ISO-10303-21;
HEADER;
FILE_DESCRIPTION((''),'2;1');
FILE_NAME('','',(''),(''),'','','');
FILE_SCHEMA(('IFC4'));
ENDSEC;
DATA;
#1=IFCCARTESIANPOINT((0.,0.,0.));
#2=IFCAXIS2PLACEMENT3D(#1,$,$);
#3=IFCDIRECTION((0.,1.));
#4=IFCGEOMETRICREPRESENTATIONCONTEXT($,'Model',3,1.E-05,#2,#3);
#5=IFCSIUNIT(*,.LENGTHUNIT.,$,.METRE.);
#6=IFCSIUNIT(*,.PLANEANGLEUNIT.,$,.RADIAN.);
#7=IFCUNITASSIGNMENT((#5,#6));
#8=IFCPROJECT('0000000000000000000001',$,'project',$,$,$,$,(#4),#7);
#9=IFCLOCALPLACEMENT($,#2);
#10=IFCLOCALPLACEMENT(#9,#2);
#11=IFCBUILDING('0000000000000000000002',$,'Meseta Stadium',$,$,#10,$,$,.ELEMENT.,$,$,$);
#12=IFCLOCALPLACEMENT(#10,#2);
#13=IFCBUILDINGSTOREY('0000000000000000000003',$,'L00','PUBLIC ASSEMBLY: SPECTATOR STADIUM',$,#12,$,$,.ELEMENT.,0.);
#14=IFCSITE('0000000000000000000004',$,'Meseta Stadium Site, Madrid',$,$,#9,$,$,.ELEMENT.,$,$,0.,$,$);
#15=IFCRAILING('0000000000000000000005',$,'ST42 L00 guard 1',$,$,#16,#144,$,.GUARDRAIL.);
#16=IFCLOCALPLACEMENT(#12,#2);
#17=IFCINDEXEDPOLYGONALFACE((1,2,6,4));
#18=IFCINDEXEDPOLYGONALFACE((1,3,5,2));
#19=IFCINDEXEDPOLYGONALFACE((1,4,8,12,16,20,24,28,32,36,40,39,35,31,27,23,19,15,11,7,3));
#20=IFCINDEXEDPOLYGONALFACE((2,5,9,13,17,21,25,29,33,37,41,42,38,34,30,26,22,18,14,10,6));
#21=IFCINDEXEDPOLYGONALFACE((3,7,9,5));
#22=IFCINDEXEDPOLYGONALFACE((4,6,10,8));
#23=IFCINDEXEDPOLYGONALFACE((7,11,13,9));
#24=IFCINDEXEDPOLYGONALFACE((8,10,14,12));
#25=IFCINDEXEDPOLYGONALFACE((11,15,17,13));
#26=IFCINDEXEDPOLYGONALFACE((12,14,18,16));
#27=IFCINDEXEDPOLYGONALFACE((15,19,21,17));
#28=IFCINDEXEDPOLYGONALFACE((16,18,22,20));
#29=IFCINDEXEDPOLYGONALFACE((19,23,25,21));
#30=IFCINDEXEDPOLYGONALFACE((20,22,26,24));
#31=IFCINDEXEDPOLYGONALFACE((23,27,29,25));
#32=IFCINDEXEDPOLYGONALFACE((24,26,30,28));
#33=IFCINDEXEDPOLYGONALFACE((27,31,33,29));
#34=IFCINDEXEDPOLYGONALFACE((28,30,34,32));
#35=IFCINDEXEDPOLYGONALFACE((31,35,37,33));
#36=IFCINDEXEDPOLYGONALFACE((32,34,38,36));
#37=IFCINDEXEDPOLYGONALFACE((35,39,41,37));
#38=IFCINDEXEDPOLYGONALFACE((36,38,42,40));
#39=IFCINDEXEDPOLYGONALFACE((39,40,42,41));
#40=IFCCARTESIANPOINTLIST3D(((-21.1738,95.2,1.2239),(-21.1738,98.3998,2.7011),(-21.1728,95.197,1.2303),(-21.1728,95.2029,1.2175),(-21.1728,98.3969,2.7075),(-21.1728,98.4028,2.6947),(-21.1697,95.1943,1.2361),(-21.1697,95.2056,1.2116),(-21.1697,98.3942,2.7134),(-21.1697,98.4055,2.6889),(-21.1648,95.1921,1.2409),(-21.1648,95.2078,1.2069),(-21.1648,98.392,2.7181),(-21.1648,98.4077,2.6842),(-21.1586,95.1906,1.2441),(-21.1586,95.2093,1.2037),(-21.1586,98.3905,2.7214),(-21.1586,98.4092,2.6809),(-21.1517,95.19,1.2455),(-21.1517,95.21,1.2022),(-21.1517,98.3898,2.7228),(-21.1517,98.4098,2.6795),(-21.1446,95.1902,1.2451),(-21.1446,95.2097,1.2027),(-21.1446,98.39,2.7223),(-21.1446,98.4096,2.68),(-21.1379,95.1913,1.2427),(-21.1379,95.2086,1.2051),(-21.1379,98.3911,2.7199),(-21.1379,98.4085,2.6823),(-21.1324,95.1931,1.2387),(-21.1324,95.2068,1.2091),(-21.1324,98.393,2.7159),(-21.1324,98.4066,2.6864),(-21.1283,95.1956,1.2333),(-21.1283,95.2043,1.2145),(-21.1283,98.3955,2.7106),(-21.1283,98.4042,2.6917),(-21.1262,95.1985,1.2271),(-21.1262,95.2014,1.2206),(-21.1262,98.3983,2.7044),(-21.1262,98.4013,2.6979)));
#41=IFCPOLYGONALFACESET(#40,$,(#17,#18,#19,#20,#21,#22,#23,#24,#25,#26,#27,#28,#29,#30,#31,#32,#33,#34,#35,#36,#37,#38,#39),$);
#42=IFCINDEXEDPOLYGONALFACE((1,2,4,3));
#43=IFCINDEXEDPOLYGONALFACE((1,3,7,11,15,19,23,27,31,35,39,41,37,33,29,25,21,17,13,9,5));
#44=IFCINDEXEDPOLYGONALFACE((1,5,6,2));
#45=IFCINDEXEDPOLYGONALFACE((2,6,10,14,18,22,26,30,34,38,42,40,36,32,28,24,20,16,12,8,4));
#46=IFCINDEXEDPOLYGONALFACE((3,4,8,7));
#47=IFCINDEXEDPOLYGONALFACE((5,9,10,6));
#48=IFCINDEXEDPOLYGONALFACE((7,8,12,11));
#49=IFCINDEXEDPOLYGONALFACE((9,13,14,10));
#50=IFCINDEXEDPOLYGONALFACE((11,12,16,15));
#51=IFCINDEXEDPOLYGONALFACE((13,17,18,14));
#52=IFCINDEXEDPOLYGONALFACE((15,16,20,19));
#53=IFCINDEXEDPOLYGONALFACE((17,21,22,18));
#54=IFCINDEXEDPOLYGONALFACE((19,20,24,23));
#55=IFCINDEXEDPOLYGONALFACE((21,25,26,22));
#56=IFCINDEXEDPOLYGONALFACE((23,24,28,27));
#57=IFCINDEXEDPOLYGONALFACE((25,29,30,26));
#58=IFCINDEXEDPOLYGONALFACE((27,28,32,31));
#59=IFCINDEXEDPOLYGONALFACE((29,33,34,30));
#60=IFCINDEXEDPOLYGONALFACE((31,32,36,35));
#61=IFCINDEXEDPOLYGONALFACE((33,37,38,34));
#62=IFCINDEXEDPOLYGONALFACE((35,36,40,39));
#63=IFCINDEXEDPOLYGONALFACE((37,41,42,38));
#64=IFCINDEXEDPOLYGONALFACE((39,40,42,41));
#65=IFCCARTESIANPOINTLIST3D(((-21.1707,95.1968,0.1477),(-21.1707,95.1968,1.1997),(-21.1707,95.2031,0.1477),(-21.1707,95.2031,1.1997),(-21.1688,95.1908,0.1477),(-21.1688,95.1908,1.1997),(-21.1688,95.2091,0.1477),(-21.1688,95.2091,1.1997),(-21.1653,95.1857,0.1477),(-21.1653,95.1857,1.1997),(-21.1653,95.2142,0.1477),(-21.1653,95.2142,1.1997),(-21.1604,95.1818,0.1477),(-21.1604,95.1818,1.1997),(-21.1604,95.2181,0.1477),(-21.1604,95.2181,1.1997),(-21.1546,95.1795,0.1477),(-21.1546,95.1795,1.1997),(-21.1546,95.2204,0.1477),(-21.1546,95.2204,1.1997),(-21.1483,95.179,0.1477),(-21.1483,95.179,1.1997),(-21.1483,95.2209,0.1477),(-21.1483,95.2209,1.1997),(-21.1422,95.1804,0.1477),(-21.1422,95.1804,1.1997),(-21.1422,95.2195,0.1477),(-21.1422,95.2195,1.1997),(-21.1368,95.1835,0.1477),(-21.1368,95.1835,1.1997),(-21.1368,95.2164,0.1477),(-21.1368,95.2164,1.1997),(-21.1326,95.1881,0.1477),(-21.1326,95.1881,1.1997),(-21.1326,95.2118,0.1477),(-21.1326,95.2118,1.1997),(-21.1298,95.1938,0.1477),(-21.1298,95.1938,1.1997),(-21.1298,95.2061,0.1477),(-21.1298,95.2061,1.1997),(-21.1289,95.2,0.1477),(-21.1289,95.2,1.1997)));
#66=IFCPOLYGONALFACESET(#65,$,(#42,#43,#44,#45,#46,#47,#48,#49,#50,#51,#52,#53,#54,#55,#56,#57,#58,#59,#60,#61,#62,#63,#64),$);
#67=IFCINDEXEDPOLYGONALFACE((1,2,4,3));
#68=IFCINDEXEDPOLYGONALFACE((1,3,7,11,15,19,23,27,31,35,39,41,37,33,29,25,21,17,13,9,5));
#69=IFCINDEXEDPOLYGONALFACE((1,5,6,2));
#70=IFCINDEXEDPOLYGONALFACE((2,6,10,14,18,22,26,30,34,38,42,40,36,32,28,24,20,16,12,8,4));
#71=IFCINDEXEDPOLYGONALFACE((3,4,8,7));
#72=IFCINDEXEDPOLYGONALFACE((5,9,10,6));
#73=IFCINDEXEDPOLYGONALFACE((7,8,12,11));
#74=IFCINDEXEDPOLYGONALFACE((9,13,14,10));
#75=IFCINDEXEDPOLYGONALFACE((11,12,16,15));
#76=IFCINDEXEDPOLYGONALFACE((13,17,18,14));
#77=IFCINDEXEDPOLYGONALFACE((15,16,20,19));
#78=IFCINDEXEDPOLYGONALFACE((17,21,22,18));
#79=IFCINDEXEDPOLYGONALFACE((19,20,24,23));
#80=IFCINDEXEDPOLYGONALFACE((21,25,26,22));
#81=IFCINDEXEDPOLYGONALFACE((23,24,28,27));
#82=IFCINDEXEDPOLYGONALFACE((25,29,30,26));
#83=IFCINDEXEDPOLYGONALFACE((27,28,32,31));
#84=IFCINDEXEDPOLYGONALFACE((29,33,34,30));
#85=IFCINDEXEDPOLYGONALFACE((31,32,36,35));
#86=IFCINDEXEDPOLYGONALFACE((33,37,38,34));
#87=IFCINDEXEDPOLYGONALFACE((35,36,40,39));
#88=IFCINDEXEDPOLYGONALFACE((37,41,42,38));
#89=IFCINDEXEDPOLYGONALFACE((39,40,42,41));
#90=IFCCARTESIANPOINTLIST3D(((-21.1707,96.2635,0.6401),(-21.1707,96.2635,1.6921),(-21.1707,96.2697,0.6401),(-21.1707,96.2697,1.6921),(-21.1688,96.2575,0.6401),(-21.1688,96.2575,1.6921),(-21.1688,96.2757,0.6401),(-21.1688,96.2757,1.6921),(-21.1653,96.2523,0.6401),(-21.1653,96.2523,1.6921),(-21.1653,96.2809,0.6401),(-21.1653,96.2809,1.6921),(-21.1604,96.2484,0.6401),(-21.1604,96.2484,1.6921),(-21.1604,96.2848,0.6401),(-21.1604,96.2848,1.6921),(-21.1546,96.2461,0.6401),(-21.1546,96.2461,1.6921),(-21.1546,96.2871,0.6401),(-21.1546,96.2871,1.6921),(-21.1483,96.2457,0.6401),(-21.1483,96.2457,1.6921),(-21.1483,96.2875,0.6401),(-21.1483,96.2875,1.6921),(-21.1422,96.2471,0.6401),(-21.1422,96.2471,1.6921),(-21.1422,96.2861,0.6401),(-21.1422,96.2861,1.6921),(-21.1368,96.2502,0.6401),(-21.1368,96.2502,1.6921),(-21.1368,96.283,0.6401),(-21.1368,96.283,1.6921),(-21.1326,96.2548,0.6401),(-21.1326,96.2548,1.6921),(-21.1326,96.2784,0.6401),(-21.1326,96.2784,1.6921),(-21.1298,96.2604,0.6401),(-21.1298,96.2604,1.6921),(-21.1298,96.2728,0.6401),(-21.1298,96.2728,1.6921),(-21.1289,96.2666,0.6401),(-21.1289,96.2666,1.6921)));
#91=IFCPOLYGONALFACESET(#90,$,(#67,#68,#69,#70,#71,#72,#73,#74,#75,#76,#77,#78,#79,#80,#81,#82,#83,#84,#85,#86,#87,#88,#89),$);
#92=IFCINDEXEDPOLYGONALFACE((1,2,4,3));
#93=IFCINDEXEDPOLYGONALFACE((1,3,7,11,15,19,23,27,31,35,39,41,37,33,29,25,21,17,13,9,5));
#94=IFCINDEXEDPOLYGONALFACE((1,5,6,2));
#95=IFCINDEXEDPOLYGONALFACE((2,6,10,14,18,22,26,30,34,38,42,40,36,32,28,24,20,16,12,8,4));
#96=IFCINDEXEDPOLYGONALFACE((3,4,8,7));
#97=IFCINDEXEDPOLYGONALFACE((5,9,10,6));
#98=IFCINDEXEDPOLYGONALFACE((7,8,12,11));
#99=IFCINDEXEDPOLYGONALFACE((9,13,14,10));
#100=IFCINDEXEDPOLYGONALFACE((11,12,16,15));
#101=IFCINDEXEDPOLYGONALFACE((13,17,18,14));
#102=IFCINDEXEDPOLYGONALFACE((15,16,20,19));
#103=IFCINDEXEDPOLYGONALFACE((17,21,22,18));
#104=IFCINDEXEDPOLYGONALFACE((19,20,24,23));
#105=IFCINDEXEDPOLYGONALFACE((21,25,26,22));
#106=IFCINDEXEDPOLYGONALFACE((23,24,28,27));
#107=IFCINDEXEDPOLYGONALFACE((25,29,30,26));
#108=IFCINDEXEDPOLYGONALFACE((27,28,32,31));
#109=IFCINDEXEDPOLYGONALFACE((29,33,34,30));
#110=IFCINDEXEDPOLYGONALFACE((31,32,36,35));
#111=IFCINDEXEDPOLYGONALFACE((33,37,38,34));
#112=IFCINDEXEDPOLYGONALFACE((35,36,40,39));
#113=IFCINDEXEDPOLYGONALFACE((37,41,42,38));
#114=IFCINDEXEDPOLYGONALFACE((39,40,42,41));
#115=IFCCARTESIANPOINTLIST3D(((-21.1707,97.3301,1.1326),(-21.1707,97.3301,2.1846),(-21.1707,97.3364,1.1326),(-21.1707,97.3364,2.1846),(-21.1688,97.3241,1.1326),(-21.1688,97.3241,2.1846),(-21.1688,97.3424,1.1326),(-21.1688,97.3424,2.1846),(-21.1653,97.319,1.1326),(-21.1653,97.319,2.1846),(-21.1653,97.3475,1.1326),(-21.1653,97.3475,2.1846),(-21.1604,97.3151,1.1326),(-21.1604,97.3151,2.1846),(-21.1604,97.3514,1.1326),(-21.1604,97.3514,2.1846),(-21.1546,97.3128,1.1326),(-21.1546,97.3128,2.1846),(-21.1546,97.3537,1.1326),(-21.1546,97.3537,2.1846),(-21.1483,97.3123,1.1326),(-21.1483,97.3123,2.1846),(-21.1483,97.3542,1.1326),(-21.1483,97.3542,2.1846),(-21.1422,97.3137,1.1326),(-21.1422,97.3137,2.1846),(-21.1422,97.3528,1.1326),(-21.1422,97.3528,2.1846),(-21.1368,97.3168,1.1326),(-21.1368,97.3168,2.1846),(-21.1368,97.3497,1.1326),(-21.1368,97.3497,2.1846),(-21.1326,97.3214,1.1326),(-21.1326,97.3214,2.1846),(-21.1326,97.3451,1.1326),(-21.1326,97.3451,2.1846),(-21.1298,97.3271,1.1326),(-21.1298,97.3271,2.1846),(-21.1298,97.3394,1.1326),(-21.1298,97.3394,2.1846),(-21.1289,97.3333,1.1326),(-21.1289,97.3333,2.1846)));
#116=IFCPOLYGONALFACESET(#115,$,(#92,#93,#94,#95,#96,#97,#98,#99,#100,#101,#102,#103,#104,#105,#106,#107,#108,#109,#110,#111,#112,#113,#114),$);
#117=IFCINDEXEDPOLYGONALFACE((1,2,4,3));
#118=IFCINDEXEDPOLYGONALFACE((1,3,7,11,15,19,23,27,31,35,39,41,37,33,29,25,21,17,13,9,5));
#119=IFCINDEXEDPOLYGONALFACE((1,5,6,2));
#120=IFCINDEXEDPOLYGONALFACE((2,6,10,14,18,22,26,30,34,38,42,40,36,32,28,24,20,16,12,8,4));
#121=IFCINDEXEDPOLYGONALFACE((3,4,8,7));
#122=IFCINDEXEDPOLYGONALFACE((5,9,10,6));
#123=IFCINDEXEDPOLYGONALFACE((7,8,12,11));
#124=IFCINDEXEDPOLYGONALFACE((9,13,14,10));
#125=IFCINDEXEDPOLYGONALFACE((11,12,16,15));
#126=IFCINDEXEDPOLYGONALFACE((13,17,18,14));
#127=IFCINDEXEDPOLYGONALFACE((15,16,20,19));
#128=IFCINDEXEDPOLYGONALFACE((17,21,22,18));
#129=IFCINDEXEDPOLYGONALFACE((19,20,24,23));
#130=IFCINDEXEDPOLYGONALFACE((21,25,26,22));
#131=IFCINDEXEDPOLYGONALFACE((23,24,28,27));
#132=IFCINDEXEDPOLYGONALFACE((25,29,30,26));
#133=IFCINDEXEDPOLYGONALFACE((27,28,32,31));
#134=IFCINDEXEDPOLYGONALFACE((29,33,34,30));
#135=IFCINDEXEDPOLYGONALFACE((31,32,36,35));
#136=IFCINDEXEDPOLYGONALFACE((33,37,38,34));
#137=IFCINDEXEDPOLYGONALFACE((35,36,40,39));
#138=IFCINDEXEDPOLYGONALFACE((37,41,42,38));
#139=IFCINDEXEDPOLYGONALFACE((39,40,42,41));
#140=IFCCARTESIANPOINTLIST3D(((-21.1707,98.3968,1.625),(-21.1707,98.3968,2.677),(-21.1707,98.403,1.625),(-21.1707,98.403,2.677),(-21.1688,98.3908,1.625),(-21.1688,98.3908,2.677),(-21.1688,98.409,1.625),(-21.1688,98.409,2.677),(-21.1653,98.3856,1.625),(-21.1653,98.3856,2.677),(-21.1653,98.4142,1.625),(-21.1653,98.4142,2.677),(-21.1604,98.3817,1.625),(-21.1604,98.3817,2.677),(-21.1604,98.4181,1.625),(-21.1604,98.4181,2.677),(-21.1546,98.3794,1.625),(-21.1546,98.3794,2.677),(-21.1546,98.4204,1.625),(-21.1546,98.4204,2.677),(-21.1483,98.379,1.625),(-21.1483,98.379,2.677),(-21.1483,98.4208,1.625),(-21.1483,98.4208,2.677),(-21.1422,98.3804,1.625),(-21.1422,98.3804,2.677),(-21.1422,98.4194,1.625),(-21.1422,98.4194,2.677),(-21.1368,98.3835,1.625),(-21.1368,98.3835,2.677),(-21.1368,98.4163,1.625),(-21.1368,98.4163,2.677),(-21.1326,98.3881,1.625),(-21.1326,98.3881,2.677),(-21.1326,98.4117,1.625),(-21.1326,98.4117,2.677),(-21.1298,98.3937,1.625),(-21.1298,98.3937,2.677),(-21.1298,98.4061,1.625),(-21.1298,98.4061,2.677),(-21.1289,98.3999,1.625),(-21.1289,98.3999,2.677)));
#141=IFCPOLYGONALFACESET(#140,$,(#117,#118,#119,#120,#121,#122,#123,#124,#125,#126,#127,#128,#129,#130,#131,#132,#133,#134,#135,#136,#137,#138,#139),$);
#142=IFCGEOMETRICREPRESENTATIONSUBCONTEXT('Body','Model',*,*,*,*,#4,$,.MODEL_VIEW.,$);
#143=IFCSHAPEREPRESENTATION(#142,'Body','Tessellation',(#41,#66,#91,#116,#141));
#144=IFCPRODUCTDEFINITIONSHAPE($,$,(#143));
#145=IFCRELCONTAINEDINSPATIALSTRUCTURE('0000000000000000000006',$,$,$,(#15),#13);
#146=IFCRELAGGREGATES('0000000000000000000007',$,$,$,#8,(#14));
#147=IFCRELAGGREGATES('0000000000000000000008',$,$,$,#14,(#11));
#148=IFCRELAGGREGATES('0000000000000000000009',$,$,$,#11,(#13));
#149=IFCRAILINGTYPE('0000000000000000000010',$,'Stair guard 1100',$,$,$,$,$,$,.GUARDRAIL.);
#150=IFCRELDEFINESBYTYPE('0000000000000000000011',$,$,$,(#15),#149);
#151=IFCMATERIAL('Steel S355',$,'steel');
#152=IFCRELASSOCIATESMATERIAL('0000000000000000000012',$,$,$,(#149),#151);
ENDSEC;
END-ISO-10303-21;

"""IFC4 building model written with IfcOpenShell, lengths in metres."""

from ifc_helpers import new_model, si_unit, direction, frame, origin, origin_2d, place, context, subcontext, project, spatial, circle, extrude, material, type_object, element, save


model = new_model("IFC4")

# Units and contexts
model_context = context("Model", 3, precision=1e-05, world=origin(), true_north=direction((0.0, 1.0)))
body_context = subcontext(model_context, "Body", "Model", "MODEL_VIEW")
ifc_project = project(units=[si_unit("LENGTHUNIT", "METRE"), si_unit("PLANEANGLEUNIT", "RADIAN")], contexts=[model_context])

# Site, building, storey
site_placement = place(None, origin())
site = spatial("IfcSite", under=ifc_project, at=site_placement, Name="Meseta Stadium Site, Madrid", CompositionType="ELEMENT", RefElevation=0.0)
building_placement = place(site_placement, origin())
building = spatial("IfcBuilding", under=site, at=building_placement, Name="Meseta Stadium", CompositionType="ELEMENT")
storey_placement = place(building_placement, origin())
storey = spatial("IfcBuildingStorey", under=building, at=storey_placement, Name="L00", Description="PUBLIC ASSEMBLY: SPECTATOR STADIUM", CompositionType="ELEMENT", Elevation=0.0)

# Railing
ifc_material_1 = material(Name="Steel S355", Category="steel")
railing_type_1 = type_object("IfcRailingType", Name="Stair guard 1100", PredefinedType="GUARDRAIL", material=ifc_material_1)
railing_1_placement = place(storey_placement, frame((-21.1499, 95.2, 0.1477)))
element("IfcRailing", 1, at=railing_1_placement, inside=storey, type_object=railing_type_1, Name="ST42 L00 guard 1", PredefinedType="GUARDRAIL", context=body_context, shape_type="SweptSolid", body=[
    extrude(circle(Radius=0.0239, at=origin_2d()), frame((0.0, 0.0, 1.0762), z_axis=(0.0, 0.907917, 0.41915), x_axis=(-1.0, 0.0, 0.0)), (0.0, 0.0, 1.0), 3.5244),
    extrude(circle(Radius=0.021, at=origin_2d()), origin(), (0.0, 0.0, 1.0), 1.052),
    extrude(circle(Radius=0.021, at=origin_2d()), frame((0.0, 1.0667, 0.4924)), (0.0, 0.0, 1.0), 1.052),
    extrude(circle(Radius=0.021, at=origin_2d()), frame((0.0, 2.1333, 0.9849)), (0.0, 0.0, 1.0), 1.052),
    extrude(circle(Radius=0.021, at=origin_2d()), frame((0.0, 3.2, 1.4773)), (0.0, 0.0, 1.0), 1.052),
])

save(model, "model.ifc")
